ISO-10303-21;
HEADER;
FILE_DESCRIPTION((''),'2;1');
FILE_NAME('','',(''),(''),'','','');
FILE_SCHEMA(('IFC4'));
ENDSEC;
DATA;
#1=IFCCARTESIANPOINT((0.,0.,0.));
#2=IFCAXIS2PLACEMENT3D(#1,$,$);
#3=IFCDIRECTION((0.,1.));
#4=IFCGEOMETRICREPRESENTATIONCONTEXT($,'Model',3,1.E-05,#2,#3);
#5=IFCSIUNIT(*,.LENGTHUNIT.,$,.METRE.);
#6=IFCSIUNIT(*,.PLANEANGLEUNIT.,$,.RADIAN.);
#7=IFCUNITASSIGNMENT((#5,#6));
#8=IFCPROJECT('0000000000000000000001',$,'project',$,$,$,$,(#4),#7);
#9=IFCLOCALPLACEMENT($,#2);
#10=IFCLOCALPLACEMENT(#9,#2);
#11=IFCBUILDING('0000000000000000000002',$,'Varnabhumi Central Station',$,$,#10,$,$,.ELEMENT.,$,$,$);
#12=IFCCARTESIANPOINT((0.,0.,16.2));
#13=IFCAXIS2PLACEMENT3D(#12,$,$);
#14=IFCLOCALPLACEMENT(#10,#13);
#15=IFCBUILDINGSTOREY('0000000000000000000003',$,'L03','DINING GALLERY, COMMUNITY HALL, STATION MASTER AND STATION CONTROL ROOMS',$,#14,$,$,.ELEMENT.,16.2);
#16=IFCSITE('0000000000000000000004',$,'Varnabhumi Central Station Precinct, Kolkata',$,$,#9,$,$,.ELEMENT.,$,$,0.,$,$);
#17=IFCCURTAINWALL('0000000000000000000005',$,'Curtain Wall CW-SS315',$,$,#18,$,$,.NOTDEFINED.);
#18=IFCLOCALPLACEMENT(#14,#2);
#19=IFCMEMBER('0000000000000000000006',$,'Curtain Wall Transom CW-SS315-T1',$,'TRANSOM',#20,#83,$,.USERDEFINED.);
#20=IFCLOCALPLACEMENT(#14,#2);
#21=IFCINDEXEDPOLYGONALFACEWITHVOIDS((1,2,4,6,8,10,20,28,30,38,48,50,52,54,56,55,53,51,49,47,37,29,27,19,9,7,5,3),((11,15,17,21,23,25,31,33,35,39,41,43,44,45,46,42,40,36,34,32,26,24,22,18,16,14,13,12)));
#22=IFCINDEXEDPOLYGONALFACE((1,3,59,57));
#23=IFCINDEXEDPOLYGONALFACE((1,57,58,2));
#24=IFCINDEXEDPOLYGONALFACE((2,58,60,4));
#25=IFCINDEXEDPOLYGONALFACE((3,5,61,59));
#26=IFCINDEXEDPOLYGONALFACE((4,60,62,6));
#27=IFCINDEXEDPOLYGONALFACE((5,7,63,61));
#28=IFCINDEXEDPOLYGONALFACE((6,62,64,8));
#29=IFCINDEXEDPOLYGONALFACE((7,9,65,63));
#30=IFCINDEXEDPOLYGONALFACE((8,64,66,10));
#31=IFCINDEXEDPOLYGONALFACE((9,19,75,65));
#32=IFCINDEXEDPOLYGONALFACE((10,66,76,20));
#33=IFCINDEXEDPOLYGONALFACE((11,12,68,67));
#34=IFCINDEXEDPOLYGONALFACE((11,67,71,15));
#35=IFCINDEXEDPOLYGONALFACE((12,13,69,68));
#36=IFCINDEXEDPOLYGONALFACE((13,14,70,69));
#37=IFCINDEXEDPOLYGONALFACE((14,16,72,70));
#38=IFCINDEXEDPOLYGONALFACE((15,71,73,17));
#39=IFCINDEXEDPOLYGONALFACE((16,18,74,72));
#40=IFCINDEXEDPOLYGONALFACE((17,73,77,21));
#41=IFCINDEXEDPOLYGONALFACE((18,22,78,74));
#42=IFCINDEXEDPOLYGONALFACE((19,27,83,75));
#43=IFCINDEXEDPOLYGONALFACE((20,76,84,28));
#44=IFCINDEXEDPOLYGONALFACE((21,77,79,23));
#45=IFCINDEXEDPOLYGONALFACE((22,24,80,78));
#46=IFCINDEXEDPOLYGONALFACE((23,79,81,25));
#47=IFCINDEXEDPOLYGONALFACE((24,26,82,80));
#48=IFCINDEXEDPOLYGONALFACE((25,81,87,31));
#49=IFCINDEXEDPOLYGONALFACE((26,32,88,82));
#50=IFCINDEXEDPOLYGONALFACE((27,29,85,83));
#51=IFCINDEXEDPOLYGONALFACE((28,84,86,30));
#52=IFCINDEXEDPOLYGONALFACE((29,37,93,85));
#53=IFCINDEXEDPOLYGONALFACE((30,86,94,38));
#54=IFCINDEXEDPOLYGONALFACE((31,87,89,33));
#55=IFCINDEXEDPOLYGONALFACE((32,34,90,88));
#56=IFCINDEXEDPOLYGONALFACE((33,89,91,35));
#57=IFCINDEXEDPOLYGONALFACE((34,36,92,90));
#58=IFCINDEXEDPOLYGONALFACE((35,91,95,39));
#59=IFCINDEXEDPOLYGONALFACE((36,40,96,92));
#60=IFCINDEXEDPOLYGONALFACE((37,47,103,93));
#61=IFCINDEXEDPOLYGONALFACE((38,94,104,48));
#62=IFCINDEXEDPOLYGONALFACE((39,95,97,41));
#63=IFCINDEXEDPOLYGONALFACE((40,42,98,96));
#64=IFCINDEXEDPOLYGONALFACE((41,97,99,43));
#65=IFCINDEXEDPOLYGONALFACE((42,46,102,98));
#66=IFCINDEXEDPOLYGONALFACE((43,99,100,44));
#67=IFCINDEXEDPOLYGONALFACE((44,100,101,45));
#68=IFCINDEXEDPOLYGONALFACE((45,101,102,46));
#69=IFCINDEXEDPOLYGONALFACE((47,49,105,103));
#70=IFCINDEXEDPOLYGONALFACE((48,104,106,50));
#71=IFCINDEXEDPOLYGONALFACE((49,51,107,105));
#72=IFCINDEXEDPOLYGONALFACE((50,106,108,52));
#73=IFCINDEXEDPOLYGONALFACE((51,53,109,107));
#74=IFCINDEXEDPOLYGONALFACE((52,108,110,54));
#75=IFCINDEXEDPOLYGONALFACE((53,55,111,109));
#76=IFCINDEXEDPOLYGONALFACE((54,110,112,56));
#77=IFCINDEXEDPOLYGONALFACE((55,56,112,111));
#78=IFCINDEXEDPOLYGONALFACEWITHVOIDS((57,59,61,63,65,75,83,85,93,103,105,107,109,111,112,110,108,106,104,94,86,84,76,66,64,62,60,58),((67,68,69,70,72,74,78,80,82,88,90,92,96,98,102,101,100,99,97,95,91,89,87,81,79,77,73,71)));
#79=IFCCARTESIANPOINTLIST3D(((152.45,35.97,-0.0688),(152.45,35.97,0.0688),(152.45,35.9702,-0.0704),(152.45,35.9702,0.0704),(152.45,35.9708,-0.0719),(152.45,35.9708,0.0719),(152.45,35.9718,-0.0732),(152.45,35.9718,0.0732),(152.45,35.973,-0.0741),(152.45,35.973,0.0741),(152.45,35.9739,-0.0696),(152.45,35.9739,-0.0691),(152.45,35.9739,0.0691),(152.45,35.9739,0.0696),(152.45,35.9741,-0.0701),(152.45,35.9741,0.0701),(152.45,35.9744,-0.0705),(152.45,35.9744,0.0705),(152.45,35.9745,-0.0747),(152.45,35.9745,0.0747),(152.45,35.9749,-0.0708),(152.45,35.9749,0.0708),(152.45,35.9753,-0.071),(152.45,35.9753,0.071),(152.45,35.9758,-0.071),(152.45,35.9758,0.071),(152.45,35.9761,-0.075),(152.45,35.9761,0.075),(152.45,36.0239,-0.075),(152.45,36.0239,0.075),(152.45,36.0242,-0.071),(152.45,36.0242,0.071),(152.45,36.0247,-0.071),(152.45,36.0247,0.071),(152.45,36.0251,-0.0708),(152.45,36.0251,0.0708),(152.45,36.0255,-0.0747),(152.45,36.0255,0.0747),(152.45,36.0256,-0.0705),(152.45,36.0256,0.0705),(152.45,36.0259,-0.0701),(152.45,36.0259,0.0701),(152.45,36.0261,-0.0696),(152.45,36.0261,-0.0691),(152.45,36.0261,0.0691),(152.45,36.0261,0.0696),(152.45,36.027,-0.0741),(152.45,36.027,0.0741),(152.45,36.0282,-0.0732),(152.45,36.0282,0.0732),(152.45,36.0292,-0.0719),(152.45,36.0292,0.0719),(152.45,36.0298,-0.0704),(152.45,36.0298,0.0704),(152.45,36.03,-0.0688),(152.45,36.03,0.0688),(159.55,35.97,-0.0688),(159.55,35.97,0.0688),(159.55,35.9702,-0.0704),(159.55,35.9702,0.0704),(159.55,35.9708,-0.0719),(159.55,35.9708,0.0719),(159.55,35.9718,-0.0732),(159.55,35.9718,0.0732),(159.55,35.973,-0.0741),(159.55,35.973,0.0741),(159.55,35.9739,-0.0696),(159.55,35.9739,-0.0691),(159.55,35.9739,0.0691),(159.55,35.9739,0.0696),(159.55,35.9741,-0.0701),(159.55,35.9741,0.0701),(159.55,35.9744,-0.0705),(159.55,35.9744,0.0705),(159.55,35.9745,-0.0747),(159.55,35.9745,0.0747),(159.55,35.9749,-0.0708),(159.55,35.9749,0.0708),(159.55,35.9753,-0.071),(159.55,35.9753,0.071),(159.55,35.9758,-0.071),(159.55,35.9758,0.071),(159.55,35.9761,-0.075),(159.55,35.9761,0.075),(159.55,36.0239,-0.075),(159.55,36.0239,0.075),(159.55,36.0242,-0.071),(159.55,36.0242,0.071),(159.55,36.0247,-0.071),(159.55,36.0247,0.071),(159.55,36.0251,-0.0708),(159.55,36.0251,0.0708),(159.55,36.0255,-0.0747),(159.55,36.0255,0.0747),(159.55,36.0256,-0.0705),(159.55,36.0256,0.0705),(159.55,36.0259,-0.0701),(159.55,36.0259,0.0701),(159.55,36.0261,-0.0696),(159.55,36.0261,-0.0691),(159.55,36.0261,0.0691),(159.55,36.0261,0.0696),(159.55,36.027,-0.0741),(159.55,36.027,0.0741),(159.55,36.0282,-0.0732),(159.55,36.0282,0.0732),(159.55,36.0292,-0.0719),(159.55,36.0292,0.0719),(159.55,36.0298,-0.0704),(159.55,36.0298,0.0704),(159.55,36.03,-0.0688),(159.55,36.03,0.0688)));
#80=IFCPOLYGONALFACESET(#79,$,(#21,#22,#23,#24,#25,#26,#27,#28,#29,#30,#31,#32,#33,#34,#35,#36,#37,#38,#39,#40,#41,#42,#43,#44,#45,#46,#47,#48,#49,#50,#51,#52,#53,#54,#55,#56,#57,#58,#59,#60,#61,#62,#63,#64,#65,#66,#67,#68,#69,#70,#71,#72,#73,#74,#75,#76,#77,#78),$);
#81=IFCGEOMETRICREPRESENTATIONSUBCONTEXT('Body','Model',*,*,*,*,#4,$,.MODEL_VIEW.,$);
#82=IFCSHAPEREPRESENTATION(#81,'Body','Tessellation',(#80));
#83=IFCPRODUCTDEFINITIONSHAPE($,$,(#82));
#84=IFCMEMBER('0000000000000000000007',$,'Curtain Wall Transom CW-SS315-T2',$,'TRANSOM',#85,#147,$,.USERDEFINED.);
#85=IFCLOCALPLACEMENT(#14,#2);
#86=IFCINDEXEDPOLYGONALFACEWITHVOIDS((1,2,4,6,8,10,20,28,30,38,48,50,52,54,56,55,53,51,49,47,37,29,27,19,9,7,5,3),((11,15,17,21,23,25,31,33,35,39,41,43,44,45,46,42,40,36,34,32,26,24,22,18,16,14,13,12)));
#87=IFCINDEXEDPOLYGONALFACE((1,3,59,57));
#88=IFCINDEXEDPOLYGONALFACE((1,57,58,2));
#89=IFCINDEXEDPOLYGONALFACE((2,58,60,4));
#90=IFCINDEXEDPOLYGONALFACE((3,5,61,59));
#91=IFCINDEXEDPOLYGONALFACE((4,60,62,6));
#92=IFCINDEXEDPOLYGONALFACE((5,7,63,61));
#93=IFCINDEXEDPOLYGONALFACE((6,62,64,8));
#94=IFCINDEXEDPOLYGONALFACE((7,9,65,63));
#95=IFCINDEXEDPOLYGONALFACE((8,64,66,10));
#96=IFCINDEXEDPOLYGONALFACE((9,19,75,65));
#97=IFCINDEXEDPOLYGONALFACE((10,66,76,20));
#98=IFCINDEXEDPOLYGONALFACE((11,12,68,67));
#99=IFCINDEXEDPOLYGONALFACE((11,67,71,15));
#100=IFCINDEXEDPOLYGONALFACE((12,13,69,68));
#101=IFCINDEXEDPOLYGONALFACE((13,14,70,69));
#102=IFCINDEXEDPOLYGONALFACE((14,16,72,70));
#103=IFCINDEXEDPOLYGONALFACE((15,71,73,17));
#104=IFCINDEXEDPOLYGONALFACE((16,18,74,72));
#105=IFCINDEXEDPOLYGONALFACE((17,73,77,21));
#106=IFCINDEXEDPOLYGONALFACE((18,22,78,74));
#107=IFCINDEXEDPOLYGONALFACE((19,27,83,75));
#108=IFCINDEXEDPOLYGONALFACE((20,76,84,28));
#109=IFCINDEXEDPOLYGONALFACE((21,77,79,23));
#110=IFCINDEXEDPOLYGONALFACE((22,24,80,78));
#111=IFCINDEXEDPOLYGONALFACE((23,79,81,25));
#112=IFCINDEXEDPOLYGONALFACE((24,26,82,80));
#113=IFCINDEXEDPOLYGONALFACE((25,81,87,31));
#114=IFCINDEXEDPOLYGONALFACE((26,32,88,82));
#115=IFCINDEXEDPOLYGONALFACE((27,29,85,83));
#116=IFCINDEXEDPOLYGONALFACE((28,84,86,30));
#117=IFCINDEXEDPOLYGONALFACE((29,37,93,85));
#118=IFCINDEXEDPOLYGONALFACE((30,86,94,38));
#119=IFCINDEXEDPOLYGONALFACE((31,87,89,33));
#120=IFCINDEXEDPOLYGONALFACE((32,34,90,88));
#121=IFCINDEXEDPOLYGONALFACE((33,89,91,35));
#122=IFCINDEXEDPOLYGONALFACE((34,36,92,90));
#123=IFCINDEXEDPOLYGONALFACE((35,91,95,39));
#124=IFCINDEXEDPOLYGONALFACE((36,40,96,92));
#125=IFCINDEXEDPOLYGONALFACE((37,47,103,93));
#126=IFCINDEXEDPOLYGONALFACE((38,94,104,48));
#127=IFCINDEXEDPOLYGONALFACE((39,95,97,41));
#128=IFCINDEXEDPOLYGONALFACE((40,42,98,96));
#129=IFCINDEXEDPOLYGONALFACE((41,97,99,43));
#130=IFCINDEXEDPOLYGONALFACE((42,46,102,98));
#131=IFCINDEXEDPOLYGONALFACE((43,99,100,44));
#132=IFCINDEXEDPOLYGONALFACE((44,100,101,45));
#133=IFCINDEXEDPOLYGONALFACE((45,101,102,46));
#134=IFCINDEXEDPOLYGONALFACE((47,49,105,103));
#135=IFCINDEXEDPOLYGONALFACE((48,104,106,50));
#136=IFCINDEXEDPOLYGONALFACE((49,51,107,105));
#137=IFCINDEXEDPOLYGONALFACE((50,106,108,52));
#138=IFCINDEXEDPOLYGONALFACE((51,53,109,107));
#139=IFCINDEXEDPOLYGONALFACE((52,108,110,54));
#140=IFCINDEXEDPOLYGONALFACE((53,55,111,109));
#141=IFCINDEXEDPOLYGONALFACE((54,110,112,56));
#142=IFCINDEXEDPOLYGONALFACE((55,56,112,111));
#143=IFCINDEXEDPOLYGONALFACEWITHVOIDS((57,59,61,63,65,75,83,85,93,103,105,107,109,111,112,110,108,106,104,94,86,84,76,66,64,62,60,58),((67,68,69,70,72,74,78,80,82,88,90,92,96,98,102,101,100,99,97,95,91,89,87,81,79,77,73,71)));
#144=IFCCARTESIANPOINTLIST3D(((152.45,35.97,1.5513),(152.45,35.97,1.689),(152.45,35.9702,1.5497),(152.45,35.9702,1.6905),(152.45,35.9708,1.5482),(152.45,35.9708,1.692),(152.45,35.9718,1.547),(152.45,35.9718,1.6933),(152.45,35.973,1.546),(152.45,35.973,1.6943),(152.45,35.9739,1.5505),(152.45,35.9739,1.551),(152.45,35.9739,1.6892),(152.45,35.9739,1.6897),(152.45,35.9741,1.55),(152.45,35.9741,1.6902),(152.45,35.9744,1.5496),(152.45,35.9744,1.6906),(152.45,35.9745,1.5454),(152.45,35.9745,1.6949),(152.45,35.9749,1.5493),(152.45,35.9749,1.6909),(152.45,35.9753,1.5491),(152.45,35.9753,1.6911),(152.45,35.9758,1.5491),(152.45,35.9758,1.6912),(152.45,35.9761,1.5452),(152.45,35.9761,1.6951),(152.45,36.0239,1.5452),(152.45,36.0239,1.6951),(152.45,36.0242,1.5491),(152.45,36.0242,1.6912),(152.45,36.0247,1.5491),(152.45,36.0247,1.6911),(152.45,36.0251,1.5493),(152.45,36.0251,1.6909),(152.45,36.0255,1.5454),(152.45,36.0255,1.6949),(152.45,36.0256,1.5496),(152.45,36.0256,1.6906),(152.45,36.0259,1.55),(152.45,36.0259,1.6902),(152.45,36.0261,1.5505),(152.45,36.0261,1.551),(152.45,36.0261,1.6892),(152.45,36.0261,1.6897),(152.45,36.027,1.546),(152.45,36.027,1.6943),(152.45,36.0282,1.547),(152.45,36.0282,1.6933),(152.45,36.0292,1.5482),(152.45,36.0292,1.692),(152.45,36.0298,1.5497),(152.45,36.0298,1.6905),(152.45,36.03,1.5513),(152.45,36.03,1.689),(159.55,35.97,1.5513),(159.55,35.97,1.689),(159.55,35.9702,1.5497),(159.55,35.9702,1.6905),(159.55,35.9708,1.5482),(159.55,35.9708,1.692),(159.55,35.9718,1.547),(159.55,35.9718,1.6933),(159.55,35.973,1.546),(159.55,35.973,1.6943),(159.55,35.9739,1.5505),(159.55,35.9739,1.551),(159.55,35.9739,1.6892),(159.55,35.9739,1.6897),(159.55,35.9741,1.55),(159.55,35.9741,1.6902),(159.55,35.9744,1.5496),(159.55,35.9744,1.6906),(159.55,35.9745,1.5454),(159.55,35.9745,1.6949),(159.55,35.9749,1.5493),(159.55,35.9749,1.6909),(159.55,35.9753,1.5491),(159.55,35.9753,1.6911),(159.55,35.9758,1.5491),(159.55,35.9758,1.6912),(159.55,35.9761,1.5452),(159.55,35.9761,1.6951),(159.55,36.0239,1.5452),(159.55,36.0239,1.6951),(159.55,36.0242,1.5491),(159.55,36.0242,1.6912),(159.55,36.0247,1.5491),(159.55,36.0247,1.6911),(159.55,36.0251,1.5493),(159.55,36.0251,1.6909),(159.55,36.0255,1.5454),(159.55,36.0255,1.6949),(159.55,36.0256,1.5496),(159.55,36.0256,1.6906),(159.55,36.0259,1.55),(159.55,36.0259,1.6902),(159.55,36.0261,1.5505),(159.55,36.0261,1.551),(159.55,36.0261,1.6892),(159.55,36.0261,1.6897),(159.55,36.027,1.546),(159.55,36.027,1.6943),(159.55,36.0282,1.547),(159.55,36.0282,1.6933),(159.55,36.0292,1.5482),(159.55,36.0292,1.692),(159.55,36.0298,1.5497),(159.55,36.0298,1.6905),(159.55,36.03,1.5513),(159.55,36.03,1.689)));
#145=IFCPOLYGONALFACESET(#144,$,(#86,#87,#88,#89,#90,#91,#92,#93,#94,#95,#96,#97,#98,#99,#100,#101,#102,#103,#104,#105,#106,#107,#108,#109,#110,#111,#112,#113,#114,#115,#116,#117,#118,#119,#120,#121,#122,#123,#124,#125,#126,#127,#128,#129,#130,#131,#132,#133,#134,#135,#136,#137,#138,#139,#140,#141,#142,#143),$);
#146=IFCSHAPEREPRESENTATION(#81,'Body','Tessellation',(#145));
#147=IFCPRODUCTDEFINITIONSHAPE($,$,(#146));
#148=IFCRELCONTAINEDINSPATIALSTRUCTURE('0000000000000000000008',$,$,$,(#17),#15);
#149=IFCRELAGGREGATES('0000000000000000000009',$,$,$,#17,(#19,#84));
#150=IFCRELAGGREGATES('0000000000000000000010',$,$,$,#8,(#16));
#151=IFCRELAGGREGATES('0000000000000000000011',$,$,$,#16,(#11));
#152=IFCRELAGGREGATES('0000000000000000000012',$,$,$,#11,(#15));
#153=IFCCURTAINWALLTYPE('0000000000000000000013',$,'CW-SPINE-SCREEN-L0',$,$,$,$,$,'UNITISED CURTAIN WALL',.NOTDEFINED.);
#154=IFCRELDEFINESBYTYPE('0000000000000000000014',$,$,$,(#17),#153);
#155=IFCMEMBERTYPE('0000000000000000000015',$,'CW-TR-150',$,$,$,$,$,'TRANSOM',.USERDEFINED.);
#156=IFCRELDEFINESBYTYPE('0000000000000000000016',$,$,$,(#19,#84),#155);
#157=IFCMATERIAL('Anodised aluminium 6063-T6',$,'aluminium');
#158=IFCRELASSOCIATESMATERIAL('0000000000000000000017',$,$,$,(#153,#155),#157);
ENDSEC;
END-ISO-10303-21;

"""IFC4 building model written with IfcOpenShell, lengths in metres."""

from ifc_helpers import new_model, si_unit, direction, frame, origin, origin_2d, place, context, subcontext, project, spatial, hollow_rectangle, extrude, material, material_profile, profile_set, type_object, element, aggregate, save


model = new_model("IFC4")

# Units and contexts
model_context = context("Model", 3, precision=1e-05, world=origin(), true_north=direction((0.0, 1.0)))
body_context = subcontext(model_context, "Body", "Model", "MODEL_VIEW")
ifc_project = project(units=[si_unit("LENGTHUNIT", "METRE"), si_unit("PLANEANGLEUNIT", "RADIAN")], contexts=[model_context])

# Site, building, storey
site_placement = place(None, origin())
site = spatial("IfcSite", under=ifc_project, at=site_placement, Name="Varnabhumi Central Station Precinct, Kolkata", CompositionType="ELEMENT", RefElevation=0.0)
building_placement = place(site_placement, origin())
building = spatial("IfcBuilding", under=site, at=building_placement, Name="Varnabhumi Central Station", CompositionType="ELEMENT")
storey_placement = place(building_placement, frame((0.0, 0.0, 16.2)))
storey = spatial("IfcBuildingStorey", under=building, at=storey_placement, Name="L03", Description="DINING GALLERY, COMMUNITY HALL, STATION MASTER AND STATION CONTROL ROOMS", CompositionType="ELEMENT", Elevation=16.2)

# Curtain wall, members
ifc_material_1 = material(Name="Anodised aluminium 6063-T6", Category="aluminium")
curtain_wall_type = type_object("IfcCurtainWallType", Name="CW-SPINE-SCREEN-L0", ElementType="UNITISED CURTAIN WALL", PredefinedType="NOTDEFINED", material=ifc_material_1)
curtain_wall_placement = place(storey_placement, origin())
curtain_wall = element("IfcCurtainWall", 1, at=curtain_wall_placement, inside=storey, type_object=curtain_wall_type, Name="Curtain Wall CW-SS315", PredefinedType="NOTDEFINED")
ifc_material_profile_1 = material_profile(ifc_material_1, hollow_rectangle(XDim=0.0601, YDim=0.1499, WallThickness=0.0039, InnerFilletRadius=0.002, OuterFilletRadius=0.0061, at=origin_2d()), Name="Anodised aluminium 6063-T6", Category="aluminium")
ifc_profile_set_1 = profile_set([ifc_material_profile_1], Name="Anodised aluminium 6063-T6")
member_type_1 = type_object("IfcMemberType", Name="CW-TR-150", ElementType="TRANSOM", PredefinedType="USERDEFINED", material=ifc_profile_set_1)
member_1_placement = place(storey_placement, frame((152.45, 36.0, 0.0), z_axis=(1.0, 0.0, 0.0), x_axis=(0.0, 1.0, 0.0)))
member_1 = element("IfcMember", 2, at=member_1_placement, type_object=member_type_1, Name="Curtain Wall Transom CW-SS315-T1", ObjectType="TRANSOM", PredefinedType="USERDEFINED", context=body_context, shape_type="SweptSolid", body=[
    extrude(hollow_rectangle(XDim=0.0601, YDim=0.1499, WallThickness=0.0039, InnerFilletRadius=0.002, OuterFilletRadius=0.0061, at=origin_2d()), origin(), (0.0, 0.0, 1.0), 7.1001),
])
member_2_placement = place(storey_placement, frame((152.45, 36.0, 1.6201), z_axis=(1.0, 0.0, 0.0), x_axis=(0.0, 1.0, 0.0)))
member_2 = element("IfcMember", 3, at=member_2_placement, type_object=member_type_1, Name="Curtain Wall Transom CW-SS315-T2", ObjectType="TRANSOM", PredefinedType="USERDEFINED", context=body_context, shape_type="SweptSolid", body=[
    extrude(hollow_rectangle(XDim=0.0601, YDim=0.1499, WallThickness=0.0039, InnerFilletRadius=0.002, OuterFilletRadius=0.0061, at=origin_2d()), origin(), (0.0, 0.0, 1.0), 7.1001),
])

aggregate(curtain_wall, [member_1, member_2])

save(model, "model.ifc")
